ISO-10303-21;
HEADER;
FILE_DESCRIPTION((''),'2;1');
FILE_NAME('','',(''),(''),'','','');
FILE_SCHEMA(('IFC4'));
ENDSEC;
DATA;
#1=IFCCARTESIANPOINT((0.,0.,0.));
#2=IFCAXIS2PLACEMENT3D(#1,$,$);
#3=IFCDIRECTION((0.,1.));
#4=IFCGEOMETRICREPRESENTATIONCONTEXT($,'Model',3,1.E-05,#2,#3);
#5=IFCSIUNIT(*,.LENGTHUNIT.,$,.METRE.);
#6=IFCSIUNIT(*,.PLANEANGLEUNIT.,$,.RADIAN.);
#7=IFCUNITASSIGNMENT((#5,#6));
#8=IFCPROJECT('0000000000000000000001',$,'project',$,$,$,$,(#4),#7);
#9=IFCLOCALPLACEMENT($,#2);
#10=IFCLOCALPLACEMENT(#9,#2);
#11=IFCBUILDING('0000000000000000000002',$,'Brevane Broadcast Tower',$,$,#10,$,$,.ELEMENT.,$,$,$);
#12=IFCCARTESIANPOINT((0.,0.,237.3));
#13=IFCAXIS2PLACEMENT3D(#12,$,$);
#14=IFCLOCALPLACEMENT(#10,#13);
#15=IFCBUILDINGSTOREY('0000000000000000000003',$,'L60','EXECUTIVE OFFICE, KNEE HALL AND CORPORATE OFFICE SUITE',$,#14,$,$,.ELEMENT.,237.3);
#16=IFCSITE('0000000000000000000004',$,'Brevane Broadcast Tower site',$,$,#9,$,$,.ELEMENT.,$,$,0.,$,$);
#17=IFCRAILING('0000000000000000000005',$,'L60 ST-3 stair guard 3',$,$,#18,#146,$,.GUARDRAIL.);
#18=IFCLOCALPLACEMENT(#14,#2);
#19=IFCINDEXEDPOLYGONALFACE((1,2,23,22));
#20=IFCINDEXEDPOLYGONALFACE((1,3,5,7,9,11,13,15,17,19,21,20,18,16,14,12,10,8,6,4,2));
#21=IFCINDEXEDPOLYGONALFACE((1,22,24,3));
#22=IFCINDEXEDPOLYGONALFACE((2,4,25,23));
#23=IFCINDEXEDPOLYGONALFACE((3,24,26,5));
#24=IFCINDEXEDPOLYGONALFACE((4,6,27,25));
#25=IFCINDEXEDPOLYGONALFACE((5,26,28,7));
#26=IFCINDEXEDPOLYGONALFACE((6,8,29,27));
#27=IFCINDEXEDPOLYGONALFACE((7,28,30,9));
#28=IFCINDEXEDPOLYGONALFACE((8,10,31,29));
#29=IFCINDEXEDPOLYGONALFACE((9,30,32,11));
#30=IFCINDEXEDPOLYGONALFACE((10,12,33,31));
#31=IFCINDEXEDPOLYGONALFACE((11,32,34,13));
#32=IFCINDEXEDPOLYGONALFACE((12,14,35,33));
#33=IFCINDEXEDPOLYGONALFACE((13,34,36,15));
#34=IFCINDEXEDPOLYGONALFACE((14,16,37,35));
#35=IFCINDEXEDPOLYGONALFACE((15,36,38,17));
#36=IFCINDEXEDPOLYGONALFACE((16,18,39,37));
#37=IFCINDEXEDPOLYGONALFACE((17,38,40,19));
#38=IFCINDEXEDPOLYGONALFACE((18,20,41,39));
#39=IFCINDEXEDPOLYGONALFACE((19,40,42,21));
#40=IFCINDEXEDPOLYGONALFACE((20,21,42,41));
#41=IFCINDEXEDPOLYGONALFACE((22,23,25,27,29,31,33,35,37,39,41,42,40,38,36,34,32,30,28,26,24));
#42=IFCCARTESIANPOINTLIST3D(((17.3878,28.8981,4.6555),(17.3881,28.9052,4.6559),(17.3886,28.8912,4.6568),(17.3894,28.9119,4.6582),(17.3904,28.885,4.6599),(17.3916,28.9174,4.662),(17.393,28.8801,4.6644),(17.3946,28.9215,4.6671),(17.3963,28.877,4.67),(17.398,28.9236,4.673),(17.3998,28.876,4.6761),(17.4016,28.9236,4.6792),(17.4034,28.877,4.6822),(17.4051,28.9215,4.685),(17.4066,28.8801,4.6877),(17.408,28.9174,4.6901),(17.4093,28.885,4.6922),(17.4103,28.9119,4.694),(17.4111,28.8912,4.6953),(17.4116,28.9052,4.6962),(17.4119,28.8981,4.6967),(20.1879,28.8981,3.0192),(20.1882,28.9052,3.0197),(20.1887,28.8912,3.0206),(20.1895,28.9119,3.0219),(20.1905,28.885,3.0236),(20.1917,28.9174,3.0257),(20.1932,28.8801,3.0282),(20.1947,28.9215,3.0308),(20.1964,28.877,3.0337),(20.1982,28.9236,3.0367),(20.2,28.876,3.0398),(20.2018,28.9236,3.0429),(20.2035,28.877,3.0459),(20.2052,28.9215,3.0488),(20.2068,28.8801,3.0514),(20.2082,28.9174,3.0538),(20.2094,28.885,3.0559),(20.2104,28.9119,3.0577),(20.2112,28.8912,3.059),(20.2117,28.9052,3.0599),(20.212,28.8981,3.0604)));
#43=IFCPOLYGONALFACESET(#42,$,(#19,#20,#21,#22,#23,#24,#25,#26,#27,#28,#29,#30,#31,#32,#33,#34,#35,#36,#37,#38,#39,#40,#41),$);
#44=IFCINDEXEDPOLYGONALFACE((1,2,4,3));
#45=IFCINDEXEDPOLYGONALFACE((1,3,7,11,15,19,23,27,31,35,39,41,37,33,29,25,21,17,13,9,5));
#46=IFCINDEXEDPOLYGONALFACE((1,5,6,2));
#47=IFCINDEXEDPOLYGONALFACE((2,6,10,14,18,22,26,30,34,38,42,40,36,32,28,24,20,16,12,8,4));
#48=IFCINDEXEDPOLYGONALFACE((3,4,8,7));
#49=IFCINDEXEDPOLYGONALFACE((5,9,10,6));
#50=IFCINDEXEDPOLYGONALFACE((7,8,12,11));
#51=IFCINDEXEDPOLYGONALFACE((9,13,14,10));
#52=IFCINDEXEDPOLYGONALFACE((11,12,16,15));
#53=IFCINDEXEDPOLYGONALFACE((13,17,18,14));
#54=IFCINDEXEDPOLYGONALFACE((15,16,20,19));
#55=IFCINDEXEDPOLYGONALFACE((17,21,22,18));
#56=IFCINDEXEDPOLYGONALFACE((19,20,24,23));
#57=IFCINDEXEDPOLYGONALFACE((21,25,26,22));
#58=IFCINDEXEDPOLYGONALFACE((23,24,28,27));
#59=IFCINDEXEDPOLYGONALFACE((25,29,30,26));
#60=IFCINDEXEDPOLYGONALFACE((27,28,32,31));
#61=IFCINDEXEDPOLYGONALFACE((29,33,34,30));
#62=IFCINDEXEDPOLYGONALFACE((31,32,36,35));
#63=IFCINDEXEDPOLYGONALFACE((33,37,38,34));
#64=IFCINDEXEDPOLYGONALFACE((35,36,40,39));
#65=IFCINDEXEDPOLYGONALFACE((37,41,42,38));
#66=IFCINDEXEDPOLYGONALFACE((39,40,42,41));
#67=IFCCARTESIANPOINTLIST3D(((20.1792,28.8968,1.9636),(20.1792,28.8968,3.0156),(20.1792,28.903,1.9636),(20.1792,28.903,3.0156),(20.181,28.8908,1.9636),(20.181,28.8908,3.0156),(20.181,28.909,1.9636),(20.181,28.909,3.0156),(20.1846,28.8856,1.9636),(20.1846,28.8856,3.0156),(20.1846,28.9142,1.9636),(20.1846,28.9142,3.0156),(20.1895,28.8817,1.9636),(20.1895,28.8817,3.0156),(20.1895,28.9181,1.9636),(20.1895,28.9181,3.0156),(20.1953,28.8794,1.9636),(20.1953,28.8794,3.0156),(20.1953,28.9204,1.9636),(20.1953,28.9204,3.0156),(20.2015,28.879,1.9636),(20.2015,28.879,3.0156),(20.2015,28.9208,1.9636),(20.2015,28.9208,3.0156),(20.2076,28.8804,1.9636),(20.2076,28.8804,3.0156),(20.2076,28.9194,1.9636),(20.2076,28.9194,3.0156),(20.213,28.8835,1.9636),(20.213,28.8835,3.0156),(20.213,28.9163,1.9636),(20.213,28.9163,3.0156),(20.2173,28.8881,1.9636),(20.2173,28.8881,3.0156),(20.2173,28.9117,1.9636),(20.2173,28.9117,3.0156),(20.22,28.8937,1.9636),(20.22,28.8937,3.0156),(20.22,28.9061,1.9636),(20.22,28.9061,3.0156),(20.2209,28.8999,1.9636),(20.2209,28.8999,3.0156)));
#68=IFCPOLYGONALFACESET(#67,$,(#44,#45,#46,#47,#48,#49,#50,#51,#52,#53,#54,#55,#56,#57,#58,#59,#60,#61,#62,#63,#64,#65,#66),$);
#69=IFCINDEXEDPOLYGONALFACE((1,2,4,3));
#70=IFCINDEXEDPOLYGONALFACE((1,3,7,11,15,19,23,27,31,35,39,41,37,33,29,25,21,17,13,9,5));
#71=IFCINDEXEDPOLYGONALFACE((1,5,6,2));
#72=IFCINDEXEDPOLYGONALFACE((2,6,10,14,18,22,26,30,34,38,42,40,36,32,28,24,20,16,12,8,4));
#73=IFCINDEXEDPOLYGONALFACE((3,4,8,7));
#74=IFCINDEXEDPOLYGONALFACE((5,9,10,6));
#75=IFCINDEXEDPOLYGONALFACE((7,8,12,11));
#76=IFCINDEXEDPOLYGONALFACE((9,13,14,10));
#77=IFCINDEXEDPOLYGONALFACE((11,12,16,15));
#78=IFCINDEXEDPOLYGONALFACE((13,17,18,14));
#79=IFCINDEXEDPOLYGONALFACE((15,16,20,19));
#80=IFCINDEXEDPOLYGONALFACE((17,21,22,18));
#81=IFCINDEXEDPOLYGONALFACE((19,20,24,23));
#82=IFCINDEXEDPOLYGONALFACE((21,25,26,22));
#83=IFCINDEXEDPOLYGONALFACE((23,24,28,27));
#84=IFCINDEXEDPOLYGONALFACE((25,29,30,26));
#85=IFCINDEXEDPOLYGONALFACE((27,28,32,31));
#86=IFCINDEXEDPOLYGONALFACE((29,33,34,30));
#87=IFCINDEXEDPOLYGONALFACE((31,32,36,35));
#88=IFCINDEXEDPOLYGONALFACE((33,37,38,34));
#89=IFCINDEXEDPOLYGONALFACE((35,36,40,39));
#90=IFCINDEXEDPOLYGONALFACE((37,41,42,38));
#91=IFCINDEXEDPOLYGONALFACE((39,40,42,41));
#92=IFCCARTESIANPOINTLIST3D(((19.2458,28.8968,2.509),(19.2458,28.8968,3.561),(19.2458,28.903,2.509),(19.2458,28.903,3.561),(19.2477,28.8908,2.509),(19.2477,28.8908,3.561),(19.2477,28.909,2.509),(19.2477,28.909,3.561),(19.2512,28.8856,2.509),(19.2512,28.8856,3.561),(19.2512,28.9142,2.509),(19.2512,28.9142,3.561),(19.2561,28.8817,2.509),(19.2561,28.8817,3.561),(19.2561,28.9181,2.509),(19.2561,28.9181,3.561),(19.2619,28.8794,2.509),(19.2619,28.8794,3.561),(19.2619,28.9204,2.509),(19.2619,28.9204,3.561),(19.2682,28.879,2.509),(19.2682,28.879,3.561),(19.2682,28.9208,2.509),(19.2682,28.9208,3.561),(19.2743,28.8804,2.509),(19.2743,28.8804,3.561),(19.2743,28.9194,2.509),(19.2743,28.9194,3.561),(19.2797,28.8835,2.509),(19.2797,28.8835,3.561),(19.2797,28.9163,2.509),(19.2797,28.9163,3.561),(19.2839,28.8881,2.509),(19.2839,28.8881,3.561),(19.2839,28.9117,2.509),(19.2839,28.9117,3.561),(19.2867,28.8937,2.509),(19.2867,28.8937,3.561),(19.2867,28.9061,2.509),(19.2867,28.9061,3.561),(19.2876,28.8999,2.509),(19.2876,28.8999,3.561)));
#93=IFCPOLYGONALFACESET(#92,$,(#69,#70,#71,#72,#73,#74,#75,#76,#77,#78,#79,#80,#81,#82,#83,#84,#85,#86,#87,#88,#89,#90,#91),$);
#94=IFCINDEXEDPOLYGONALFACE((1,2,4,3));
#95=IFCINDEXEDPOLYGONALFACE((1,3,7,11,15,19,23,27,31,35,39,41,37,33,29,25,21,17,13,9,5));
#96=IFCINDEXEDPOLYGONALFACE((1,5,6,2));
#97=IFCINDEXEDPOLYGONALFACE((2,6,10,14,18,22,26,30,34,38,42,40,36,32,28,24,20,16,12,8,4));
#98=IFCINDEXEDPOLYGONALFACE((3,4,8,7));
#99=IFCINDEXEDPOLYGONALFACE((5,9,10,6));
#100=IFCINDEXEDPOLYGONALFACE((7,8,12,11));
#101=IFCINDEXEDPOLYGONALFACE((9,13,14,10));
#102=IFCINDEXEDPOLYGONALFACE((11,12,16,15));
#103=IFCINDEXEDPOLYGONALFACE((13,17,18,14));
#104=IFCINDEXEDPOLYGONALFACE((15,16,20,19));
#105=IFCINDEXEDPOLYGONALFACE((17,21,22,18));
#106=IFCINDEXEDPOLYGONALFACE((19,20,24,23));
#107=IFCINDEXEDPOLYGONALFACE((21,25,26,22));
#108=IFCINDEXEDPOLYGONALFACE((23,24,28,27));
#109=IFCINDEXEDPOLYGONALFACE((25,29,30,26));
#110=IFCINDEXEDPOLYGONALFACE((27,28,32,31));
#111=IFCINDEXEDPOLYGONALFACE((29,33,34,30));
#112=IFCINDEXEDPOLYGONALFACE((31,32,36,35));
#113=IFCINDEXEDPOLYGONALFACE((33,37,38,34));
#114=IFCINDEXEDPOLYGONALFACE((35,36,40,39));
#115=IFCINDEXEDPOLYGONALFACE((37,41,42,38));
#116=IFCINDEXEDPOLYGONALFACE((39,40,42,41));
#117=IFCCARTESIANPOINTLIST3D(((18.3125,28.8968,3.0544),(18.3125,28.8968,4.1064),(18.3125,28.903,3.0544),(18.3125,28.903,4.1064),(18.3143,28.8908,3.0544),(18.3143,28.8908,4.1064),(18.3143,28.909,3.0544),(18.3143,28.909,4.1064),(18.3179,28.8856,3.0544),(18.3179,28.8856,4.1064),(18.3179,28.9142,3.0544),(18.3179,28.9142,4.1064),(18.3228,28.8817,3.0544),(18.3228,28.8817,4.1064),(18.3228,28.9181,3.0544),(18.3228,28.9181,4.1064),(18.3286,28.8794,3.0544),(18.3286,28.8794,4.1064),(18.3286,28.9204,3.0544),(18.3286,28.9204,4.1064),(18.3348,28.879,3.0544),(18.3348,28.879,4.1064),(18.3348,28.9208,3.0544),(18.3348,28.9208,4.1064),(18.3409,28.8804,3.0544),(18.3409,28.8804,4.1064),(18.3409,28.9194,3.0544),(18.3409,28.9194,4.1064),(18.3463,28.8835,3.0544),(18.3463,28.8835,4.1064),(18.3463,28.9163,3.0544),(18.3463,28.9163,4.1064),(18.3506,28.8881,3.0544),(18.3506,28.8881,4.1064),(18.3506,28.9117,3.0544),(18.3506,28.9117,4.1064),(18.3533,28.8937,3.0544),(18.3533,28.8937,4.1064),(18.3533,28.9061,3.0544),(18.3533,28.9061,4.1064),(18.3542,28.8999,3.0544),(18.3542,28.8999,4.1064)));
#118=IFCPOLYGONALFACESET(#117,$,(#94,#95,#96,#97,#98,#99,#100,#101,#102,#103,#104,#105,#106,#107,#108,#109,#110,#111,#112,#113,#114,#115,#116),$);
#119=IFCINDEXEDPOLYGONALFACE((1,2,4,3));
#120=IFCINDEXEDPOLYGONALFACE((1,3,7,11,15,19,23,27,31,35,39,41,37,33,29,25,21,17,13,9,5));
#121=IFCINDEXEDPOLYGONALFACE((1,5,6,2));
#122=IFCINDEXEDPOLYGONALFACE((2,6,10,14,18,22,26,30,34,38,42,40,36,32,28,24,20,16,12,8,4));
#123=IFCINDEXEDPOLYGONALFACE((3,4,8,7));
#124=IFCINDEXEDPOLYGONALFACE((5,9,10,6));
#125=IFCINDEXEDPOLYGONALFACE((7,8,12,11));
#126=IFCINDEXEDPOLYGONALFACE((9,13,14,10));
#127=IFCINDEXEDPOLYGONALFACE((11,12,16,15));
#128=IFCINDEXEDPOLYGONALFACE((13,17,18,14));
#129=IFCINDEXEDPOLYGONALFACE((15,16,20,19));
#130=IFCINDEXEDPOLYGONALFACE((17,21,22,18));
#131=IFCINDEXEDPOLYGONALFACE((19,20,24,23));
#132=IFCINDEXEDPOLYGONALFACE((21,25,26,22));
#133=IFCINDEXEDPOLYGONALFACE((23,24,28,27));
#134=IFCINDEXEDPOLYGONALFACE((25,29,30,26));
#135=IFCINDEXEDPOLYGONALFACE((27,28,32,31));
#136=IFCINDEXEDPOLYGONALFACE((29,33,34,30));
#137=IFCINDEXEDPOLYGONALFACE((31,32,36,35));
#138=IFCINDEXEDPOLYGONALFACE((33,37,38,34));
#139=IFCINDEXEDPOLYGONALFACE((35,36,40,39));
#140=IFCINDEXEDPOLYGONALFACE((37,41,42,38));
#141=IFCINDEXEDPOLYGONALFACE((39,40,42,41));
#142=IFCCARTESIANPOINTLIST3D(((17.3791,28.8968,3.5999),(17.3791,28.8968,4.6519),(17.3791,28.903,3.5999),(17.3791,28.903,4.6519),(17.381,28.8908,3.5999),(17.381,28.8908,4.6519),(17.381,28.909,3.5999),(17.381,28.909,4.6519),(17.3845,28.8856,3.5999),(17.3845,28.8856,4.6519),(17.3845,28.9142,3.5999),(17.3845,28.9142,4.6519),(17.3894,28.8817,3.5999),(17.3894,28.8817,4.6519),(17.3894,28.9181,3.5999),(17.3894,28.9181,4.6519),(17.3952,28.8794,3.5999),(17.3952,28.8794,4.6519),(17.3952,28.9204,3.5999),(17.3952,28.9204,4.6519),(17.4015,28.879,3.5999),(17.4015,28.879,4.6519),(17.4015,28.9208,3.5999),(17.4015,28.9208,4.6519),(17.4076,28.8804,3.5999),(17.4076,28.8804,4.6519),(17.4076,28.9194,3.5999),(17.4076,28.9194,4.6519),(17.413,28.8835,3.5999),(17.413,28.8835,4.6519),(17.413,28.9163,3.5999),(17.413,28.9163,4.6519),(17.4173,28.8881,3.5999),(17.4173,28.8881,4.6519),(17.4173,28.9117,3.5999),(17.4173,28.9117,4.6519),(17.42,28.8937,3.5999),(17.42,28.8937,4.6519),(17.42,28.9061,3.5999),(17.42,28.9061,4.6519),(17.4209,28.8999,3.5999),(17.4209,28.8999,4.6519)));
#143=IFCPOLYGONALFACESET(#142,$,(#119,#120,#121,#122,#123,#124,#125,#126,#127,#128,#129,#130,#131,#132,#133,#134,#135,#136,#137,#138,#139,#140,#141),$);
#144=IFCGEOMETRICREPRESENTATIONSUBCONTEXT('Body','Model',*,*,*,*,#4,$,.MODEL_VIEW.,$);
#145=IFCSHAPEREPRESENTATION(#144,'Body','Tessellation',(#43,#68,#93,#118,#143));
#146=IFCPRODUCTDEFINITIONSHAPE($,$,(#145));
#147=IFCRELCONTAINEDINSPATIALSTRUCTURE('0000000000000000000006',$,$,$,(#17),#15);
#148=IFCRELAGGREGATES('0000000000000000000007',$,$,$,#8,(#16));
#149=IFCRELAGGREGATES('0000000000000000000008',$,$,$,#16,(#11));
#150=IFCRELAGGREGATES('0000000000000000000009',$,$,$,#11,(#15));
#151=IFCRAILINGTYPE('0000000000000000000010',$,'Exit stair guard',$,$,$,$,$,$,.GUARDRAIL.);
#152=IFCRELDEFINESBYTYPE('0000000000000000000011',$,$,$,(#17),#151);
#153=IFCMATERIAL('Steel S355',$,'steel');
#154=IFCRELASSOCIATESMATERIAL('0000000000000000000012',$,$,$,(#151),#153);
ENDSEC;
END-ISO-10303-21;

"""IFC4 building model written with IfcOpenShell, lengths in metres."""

from ifc_helpers import new_model, si_unit, direction, frame, origin, origin_2d, place, context, subcontext, project, spatial, circle, extrude, material, type_object, element, save


model = new_model("IFC4")

# Units and contexts
model_context = context("Model", 3, precision=1e-05, world=origin(), true_north=direction((0.0, 1.0)))
body_context = subcontext(model_context, "Body", "Model", "MODEL_VIEW")
ifc_project = project(units=[si_unit("LENGTHUNIT", "METRE"), si_unit("PLANEANGLEUNIT", "RADIAN")], contexts=[model_context])

# Site, building, storey
site_placement = place(None, origin())
site = spatial("IfcSite", under=ifc_project, at=site_placement, Name="Brevane Broadcast Tower site", CompositionType="ELEMENT", RefElevation=0.0)
building_placement = place(site_placement, origin())
building = spatial("IfcBuilding", under=site, at=building_placement, Name="Brevane Broadcast Tower", CompositionType="ELEMENT")
storey_placement = place(building_placement, frame((0.0, 0.0, 237.3)))
storey = spatial("IfcBuildingStorey", under=building, at=storey_placement, Name="L60", Description="EXECUTIVE OFFICE, KNEE HALL AND CORPORATE OFFICE SUITE", CompositionType="ELEMENT", Elevation=237.3)

# Railing
ifc_material_1 = material(Name="Steel S355", Category="steel")
railing_type_1 = type_object("IfcRailingType", Name="Exit stair guard", PredefinedType="GUARDRAIL", material=ifc_material_1)
railing_1_placement = place(storey_placement, frame((20.2, 28.8999, 1.9636)))
element("IfcRailing", 1, at=railing_1_placement, inside=storey, type_object=railing_type_1, Name="L60 ST-3 stair guard 3", PredefinedType="GUARDRAIL", context=body_context, shape_type="SweptSolid", body=[
    extrude(circle(Radius=0.0239, at=origin_2d()), frame((0.0, 0.0, 1.0762), z_axis=(-0.863394, 0.0, 0.504531), x_axis=(0.0, -1.0, 0.0)), (0.0, 0.0, 1.0), 3.2432),
    extrude(circle(Radius=0.021, at=origin_2d()), origin(), (0.0, 0.0, 1.0), 1.052),
    extrude(circle(Radius=0.021, at=origin_2d()), frame((-0.9333, 0.0, 0.5454)), (0.0, 0.0, 1.0), 1.052),
    extrude(circle(Radius=0.021, at=origin_2d()), frame((-1.8667, 0.0, 1.0908)), (0.0, 0.0, 1.0), 1.052),
    extrude(circle(Radius=0.021, at=origin_2d()), frame((-2.8, 0.0, 1.6362)), (0.0, 0.0, 1.0), 1.052),
])

save(model, "model.ifc")
